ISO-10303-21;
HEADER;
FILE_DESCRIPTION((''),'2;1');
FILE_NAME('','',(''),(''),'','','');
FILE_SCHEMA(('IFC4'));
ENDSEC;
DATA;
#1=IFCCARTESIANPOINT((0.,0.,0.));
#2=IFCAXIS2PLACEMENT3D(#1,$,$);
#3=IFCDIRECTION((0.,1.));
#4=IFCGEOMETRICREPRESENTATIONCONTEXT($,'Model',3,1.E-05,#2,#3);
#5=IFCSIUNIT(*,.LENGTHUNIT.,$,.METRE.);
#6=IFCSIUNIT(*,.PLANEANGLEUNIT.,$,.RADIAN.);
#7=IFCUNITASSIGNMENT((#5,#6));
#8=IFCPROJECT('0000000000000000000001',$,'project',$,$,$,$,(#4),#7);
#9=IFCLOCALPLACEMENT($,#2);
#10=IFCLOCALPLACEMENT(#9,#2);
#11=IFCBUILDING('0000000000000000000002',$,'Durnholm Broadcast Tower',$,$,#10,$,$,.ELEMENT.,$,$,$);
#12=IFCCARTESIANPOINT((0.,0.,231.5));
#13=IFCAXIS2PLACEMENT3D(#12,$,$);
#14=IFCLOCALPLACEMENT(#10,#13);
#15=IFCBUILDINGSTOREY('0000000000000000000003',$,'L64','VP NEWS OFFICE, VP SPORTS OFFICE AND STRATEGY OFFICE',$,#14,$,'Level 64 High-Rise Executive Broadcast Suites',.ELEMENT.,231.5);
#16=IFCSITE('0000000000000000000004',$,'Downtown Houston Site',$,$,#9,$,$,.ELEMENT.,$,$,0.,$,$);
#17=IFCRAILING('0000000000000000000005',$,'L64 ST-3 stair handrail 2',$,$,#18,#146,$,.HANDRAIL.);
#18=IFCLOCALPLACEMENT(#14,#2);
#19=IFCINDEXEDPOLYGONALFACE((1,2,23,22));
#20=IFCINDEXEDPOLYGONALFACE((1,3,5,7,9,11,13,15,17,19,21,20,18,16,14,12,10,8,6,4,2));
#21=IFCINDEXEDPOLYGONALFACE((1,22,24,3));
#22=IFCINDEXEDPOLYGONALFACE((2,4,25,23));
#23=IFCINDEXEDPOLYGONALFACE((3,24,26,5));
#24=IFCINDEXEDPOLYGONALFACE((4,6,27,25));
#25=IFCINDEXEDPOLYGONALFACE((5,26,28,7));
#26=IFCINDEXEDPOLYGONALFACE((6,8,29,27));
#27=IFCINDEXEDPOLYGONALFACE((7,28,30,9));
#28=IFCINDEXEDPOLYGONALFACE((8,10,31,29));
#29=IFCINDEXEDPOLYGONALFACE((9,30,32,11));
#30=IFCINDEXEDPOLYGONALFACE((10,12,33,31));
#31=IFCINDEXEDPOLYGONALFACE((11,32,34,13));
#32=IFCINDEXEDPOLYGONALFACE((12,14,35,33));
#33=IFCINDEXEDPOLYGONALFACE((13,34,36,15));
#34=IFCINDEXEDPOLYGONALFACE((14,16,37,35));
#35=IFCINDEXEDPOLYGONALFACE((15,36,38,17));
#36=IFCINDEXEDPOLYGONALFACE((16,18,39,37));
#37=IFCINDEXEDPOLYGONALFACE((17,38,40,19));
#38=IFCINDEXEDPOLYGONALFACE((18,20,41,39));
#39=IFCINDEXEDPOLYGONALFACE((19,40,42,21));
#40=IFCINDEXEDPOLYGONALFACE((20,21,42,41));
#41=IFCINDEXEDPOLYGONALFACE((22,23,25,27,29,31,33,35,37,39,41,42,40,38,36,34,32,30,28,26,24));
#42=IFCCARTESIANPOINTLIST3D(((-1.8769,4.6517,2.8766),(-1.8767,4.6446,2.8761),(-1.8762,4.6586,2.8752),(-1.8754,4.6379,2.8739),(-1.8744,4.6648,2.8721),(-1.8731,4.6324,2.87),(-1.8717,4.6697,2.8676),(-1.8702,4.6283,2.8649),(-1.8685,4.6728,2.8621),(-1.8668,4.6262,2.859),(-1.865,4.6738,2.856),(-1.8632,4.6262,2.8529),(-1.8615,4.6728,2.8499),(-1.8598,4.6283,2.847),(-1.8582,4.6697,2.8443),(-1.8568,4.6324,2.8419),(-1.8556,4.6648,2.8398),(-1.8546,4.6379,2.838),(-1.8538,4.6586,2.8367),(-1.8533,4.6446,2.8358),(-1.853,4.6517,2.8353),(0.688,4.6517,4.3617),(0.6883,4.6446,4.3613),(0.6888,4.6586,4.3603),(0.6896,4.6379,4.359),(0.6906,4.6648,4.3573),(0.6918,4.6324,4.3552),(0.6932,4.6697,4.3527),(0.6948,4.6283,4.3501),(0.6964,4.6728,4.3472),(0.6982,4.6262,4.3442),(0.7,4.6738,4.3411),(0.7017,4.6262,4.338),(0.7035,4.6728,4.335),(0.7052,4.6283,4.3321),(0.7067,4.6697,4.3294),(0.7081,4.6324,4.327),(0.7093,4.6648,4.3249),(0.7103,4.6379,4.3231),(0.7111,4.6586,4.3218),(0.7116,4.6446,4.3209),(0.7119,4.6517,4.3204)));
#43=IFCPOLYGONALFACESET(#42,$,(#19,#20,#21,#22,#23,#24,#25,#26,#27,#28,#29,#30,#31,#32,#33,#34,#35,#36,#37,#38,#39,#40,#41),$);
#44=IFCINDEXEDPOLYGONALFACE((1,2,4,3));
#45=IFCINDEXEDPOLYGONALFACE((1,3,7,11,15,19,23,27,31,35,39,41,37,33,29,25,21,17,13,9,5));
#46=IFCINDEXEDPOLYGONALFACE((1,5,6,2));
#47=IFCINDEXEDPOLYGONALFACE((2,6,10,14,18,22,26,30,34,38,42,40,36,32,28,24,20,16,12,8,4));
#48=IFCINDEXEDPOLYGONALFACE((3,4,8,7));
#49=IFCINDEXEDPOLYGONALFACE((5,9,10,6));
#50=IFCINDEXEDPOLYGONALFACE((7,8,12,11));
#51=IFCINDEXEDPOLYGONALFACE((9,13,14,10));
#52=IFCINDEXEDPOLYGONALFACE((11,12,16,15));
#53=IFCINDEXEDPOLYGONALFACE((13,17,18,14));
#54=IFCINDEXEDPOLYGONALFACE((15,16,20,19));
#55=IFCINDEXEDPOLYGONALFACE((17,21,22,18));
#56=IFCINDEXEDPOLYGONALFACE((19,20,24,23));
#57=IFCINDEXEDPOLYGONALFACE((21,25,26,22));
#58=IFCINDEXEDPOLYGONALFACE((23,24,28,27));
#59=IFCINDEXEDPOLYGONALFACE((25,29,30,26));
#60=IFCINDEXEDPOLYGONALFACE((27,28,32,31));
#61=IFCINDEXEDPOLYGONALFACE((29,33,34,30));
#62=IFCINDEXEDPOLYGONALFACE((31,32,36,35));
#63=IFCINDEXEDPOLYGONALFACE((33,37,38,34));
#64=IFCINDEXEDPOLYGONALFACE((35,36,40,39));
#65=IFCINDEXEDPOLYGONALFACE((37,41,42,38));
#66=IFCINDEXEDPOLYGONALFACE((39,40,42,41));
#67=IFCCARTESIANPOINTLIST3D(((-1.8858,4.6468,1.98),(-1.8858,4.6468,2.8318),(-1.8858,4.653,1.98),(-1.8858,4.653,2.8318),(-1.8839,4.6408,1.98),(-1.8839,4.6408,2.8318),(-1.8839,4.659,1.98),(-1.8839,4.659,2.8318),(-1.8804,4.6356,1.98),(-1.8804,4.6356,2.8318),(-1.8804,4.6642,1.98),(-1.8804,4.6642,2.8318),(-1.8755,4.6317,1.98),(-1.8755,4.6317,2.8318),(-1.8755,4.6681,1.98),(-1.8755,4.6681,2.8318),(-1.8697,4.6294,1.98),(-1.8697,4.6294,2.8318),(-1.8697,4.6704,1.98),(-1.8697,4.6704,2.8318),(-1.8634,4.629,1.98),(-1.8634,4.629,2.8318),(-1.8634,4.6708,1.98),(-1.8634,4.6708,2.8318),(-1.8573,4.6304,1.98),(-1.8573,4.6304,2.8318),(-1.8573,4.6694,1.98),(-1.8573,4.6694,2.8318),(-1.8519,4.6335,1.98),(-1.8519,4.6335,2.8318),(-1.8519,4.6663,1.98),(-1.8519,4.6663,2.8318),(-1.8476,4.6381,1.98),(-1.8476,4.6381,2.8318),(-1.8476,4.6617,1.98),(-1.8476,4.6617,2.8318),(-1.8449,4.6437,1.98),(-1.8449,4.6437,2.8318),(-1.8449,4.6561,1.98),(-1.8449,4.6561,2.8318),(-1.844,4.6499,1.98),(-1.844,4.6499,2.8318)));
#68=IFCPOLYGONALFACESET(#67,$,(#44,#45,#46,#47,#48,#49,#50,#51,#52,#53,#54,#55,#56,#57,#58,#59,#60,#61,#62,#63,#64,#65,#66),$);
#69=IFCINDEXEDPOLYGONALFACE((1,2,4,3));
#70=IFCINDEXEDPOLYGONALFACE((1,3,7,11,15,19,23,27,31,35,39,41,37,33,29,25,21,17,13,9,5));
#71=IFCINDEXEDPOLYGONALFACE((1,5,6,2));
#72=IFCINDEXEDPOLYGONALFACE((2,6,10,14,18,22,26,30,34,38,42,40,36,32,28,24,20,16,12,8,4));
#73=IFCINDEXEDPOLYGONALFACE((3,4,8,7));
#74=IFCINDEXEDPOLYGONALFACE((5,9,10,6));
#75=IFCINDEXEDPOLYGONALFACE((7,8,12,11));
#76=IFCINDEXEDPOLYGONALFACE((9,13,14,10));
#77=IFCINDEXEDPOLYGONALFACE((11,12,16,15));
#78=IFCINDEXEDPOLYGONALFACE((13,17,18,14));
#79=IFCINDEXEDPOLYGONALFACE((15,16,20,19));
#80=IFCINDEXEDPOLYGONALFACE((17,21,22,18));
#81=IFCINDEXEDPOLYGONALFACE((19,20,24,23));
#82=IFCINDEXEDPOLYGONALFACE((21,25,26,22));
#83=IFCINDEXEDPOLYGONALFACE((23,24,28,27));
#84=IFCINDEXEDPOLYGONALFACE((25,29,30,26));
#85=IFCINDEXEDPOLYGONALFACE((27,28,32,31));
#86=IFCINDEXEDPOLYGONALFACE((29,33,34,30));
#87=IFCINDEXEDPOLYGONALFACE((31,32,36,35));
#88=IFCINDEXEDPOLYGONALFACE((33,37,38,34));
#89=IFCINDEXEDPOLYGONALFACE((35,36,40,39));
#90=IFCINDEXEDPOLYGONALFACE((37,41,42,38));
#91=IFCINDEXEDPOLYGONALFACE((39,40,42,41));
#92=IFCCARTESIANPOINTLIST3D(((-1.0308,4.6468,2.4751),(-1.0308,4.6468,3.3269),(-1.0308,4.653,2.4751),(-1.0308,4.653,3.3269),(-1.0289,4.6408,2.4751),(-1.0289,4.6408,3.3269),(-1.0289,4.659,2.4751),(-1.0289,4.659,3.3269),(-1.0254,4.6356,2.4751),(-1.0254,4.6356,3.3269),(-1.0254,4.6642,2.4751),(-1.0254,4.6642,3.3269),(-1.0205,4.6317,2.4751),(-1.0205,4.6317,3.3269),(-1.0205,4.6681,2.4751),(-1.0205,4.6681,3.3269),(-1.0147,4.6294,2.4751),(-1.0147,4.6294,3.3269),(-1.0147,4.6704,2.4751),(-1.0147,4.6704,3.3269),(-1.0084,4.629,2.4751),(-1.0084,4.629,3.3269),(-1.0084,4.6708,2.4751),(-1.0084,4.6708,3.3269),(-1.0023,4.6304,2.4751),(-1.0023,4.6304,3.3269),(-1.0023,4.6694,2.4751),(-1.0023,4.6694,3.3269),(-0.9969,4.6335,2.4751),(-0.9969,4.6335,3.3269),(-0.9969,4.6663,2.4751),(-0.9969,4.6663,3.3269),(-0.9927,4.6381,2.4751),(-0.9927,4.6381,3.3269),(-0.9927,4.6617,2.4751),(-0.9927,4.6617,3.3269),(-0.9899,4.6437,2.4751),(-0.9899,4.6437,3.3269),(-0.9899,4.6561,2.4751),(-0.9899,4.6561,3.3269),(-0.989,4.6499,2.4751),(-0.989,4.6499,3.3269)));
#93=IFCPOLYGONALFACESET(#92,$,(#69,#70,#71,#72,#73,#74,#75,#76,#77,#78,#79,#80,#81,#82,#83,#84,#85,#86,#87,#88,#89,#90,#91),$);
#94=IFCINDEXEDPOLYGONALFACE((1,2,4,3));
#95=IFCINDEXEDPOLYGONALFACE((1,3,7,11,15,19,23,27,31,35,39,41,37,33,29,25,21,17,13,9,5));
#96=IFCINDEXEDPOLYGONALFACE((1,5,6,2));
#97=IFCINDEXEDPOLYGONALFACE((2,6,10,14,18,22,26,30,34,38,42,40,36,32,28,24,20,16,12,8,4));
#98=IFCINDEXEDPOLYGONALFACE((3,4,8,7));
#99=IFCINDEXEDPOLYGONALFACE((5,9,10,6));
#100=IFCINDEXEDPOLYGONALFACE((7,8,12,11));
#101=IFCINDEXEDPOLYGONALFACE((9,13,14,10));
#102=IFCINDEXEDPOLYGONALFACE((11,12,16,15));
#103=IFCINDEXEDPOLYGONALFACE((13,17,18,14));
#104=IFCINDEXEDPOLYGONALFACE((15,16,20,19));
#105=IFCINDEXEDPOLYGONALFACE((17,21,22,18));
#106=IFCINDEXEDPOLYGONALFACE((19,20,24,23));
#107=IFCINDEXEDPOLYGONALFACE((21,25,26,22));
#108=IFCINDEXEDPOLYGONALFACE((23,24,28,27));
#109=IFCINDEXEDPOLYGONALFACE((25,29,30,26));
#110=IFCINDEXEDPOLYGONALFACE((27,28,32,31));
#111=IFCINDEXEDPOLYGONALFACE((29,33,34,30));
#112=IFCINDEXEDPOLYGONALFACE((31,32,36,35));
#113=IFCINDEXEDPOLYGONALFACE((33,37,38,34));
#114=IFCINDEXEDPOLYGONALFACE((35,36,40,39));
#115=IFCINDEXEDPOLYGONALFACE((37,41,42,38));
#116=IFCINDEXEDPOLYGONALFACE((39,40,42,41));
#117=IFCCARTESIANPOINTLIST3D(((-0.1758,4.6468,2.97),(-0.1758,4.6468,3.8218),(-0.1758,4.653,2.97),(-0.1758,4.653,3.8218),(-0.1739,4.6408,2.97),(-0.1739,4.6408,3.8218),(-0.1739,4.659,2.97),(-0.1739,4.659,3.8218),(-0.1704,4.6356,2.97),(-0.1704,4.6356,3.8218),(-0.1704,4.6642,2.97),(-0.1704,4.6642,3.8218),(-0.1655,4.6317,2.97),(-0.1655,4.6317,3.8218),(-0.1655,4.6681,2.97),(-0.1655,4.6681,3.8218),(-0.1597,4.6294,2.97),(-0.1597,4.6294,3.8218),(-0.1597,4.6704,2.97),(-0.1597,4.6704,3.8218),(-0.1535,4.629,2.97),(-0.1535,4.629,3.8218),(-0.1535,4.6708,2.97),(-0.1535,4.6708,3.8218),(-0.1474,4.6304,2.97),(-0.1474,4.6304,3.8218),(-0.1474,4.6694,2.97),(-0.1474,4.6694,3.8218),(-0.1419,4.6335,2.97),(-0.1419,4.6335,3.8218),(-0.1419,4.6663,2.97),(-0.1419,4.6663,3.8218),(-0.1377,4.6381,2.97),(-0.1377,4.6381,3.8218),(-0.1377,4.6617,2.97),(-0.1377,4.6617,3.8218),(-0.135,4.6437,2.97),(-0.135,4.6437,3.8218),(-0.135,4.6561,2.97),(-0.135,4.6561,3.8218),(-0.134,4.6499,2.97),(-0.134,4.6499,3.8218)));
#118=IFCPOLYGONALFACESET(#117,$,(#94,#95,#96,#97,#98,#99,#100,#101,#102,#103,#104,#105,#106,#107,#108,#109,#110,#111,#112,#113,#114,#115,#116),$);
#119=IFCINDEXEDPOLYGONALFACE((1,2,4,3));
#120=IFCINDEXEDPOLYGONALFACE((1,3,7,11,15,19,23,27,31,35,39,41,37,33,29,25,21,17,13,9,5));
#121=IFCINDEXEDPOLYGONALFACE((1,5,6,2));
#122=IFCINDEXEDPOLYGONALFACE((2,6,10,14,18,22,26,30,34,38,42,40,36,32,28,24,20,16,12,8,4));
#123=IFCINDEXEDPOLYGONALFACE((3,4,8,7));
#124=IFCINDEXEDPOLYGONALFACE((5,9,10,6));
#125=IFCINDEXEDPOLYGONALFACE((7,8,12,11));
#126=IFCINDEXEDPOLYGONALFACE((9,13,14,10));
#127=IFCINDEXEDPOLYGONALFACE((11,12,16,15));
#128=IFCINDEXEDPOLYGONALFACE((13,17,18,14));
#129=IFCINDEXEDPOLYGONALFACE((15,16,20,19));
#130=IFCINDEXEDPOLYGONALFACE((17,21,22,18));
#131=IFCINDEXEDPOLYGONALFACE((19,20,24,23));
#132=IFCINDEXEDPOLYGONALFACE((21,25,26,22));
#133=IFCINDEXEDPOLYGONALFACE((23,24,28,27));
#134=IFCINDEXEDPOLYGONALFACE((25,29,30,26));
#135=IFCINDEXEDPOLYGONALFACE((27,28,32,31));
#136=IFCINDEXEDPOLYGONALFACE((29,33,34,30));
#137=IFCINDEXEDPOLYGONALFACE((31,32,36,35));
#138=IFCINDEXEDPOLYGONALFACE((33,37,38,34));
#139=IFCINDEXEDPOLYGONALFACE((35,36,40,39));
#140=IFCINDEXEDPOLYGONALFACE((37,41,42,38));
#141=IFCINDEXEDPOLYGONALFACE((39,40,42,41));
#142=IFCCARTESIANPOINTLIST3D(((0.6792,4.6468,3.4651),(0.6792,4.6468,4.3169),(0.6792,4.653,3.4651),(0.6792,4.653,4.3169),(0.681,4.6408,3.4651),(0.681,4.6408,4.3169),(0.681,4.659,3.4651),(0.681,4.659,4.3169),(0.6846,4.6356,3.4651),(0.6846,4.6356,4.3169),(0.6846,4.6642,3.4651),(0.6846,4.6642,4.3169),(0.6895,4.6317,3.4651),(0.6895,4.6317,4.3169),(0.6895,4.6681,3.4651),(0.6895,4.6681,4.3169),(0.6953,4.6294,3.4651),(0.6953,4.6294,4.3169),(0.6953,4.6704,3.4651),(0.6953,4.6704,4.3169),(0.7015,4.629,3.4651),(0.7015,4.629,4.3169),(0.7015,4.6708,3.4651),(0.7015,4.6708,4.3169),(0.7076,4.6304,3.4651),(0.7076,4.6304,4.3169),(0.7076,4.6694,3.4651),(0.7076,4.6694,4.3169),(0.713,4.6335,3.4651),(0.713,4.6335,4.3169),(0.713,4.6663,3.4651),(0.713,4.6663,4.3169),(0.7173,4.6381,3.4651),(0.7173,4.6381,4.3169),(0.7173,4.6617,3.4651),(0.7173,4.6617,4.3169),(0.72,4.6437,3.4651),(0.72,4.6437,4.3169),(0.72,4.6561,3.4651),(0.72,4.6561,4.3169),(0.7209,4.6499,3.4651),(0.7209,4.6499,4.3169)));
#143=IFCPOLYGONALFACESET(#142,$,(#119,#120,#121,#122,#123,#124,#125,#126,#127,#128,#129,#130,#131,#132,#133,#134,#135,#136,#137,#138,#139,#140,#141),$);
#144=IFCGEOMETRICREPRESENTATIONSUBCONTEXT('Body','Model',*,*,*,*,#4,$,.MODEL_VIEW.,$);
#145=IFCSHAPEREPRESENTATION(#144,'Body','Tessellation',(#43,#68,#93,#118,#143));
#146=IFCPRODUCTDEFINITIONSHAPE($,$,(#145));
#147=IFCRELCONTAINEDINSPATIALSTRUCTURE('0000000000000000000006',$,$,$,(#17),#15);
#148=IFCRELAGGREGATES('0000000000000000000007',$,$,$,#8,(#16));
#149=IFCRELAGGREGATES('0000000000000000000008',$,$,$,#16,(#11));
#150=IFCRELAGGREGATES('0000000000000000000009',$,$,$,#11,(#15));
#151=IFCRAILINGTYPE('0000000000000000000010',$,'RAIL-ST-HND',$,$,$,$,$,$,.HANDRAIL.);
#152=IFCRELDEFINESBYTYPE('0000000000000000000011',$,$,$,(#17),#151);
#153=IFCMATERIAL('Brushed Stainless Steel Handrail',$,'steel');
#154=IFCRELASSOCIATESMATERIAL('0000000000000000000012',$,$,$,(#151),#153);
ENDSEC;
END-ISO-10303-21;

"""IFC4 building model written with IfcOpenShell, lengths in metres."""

from ifc_helpers import new_model, si_unit, direction, frame, origin, origin_2d, place, context, subcontext, project, spatial, circle, extrude, material, type_object, element, save


model = new_model("IFC4")

# Units and contexts
model_context = context("Model", 3, precision=1e-05, world=origin(), true_north=direction((0.0, 1.0)))
body_context = subcontext(model_context, "Body", "Model", "MODEL_VIEW")
ifc_project = project(units=[si_unit("LENGTHUNIT", "METRE"), si_unit("PLANEANGLEUNIT", "RADIAN")], contexts=[model_context])

# Site, building, storey
site_placement = place(None, origin())
site = spatial("IfcSite", under=ifc_project, at=site_placement, Name="Downtown Houston Site", CompositionType="ELEMENT", RefElevation=0.0)
building_placement = place(site_placement, origin())
building = spatial("IfcBuilding", under=site, at=building_placement, Name="Durnholm Broadcast Tower", CompositionType="ELEMENT")
storey_placement = place(building_placement, frame((0.0, 0.0, 231.5)))
storey = spatial("IfcBuildingStorey", under=building, at=storey_placement, Name="L64", Description="VP NEWS OFFICE, VP SPORTS OFFICE AND STRATEGY OFFICE", LongName="Level 64 High-Rise Executive Broadcast Suites", CompositionType="ELEMENT", Elevation=231.5)

# Railing
ifc_material_1 = material(Name="Brushed Stainless Steel Handrail", Category="steel")
railing_type_1 = type_object("IfcRailingType", Name="RAIL-ST-HND", PredefinedType="HANDRAIL", material=ifc_material_1)
railing_1_placement = place(storey_placement, frame((-1.865, 4.6499, 1.98)))
element("IfcRailing", 1, at=railing_1_placement, inside=storey, type_object=railing_type_1, Name="L64 ST-3 stair handrail 2", PredefinedType="HANDRAIL", context=body_context, shape_type="SweptSolid", body=[
    extrude(circle(Radius=0.0239, at=origin_2d()), frame((0.0, 0.0, 0.876), z_axis=(0.865406, 0.0, 0.501072), x_axis=(0.0, 1.0, 0.0)), (0.0, 0.0, 1.0), 2.9639),
    extrude(circle(Radius=0.021, at=origin_2d()), origin(), (0.0, 0.0, 1.0), 0.8518),
    extrude(circle(Radius=0.021, at=origin_2d()), frame((0.855, 0.0, 0.4951)), (0.0, 0.0, 1.0), 0.8518),
    extrude(circle(Radius=0.021, at=origin_2d()), frame((1.71, 0.0, 0.99)), (0.0, 0.0, 1.0), 0.8518),
    extrude(circle(Radius=0.021, at=origin_2d()), frame((2.5649, 0.0, 1.4851)), (0.0, 0.0, 1.0), 0.8518),
])

save(model, "model.ifc")
